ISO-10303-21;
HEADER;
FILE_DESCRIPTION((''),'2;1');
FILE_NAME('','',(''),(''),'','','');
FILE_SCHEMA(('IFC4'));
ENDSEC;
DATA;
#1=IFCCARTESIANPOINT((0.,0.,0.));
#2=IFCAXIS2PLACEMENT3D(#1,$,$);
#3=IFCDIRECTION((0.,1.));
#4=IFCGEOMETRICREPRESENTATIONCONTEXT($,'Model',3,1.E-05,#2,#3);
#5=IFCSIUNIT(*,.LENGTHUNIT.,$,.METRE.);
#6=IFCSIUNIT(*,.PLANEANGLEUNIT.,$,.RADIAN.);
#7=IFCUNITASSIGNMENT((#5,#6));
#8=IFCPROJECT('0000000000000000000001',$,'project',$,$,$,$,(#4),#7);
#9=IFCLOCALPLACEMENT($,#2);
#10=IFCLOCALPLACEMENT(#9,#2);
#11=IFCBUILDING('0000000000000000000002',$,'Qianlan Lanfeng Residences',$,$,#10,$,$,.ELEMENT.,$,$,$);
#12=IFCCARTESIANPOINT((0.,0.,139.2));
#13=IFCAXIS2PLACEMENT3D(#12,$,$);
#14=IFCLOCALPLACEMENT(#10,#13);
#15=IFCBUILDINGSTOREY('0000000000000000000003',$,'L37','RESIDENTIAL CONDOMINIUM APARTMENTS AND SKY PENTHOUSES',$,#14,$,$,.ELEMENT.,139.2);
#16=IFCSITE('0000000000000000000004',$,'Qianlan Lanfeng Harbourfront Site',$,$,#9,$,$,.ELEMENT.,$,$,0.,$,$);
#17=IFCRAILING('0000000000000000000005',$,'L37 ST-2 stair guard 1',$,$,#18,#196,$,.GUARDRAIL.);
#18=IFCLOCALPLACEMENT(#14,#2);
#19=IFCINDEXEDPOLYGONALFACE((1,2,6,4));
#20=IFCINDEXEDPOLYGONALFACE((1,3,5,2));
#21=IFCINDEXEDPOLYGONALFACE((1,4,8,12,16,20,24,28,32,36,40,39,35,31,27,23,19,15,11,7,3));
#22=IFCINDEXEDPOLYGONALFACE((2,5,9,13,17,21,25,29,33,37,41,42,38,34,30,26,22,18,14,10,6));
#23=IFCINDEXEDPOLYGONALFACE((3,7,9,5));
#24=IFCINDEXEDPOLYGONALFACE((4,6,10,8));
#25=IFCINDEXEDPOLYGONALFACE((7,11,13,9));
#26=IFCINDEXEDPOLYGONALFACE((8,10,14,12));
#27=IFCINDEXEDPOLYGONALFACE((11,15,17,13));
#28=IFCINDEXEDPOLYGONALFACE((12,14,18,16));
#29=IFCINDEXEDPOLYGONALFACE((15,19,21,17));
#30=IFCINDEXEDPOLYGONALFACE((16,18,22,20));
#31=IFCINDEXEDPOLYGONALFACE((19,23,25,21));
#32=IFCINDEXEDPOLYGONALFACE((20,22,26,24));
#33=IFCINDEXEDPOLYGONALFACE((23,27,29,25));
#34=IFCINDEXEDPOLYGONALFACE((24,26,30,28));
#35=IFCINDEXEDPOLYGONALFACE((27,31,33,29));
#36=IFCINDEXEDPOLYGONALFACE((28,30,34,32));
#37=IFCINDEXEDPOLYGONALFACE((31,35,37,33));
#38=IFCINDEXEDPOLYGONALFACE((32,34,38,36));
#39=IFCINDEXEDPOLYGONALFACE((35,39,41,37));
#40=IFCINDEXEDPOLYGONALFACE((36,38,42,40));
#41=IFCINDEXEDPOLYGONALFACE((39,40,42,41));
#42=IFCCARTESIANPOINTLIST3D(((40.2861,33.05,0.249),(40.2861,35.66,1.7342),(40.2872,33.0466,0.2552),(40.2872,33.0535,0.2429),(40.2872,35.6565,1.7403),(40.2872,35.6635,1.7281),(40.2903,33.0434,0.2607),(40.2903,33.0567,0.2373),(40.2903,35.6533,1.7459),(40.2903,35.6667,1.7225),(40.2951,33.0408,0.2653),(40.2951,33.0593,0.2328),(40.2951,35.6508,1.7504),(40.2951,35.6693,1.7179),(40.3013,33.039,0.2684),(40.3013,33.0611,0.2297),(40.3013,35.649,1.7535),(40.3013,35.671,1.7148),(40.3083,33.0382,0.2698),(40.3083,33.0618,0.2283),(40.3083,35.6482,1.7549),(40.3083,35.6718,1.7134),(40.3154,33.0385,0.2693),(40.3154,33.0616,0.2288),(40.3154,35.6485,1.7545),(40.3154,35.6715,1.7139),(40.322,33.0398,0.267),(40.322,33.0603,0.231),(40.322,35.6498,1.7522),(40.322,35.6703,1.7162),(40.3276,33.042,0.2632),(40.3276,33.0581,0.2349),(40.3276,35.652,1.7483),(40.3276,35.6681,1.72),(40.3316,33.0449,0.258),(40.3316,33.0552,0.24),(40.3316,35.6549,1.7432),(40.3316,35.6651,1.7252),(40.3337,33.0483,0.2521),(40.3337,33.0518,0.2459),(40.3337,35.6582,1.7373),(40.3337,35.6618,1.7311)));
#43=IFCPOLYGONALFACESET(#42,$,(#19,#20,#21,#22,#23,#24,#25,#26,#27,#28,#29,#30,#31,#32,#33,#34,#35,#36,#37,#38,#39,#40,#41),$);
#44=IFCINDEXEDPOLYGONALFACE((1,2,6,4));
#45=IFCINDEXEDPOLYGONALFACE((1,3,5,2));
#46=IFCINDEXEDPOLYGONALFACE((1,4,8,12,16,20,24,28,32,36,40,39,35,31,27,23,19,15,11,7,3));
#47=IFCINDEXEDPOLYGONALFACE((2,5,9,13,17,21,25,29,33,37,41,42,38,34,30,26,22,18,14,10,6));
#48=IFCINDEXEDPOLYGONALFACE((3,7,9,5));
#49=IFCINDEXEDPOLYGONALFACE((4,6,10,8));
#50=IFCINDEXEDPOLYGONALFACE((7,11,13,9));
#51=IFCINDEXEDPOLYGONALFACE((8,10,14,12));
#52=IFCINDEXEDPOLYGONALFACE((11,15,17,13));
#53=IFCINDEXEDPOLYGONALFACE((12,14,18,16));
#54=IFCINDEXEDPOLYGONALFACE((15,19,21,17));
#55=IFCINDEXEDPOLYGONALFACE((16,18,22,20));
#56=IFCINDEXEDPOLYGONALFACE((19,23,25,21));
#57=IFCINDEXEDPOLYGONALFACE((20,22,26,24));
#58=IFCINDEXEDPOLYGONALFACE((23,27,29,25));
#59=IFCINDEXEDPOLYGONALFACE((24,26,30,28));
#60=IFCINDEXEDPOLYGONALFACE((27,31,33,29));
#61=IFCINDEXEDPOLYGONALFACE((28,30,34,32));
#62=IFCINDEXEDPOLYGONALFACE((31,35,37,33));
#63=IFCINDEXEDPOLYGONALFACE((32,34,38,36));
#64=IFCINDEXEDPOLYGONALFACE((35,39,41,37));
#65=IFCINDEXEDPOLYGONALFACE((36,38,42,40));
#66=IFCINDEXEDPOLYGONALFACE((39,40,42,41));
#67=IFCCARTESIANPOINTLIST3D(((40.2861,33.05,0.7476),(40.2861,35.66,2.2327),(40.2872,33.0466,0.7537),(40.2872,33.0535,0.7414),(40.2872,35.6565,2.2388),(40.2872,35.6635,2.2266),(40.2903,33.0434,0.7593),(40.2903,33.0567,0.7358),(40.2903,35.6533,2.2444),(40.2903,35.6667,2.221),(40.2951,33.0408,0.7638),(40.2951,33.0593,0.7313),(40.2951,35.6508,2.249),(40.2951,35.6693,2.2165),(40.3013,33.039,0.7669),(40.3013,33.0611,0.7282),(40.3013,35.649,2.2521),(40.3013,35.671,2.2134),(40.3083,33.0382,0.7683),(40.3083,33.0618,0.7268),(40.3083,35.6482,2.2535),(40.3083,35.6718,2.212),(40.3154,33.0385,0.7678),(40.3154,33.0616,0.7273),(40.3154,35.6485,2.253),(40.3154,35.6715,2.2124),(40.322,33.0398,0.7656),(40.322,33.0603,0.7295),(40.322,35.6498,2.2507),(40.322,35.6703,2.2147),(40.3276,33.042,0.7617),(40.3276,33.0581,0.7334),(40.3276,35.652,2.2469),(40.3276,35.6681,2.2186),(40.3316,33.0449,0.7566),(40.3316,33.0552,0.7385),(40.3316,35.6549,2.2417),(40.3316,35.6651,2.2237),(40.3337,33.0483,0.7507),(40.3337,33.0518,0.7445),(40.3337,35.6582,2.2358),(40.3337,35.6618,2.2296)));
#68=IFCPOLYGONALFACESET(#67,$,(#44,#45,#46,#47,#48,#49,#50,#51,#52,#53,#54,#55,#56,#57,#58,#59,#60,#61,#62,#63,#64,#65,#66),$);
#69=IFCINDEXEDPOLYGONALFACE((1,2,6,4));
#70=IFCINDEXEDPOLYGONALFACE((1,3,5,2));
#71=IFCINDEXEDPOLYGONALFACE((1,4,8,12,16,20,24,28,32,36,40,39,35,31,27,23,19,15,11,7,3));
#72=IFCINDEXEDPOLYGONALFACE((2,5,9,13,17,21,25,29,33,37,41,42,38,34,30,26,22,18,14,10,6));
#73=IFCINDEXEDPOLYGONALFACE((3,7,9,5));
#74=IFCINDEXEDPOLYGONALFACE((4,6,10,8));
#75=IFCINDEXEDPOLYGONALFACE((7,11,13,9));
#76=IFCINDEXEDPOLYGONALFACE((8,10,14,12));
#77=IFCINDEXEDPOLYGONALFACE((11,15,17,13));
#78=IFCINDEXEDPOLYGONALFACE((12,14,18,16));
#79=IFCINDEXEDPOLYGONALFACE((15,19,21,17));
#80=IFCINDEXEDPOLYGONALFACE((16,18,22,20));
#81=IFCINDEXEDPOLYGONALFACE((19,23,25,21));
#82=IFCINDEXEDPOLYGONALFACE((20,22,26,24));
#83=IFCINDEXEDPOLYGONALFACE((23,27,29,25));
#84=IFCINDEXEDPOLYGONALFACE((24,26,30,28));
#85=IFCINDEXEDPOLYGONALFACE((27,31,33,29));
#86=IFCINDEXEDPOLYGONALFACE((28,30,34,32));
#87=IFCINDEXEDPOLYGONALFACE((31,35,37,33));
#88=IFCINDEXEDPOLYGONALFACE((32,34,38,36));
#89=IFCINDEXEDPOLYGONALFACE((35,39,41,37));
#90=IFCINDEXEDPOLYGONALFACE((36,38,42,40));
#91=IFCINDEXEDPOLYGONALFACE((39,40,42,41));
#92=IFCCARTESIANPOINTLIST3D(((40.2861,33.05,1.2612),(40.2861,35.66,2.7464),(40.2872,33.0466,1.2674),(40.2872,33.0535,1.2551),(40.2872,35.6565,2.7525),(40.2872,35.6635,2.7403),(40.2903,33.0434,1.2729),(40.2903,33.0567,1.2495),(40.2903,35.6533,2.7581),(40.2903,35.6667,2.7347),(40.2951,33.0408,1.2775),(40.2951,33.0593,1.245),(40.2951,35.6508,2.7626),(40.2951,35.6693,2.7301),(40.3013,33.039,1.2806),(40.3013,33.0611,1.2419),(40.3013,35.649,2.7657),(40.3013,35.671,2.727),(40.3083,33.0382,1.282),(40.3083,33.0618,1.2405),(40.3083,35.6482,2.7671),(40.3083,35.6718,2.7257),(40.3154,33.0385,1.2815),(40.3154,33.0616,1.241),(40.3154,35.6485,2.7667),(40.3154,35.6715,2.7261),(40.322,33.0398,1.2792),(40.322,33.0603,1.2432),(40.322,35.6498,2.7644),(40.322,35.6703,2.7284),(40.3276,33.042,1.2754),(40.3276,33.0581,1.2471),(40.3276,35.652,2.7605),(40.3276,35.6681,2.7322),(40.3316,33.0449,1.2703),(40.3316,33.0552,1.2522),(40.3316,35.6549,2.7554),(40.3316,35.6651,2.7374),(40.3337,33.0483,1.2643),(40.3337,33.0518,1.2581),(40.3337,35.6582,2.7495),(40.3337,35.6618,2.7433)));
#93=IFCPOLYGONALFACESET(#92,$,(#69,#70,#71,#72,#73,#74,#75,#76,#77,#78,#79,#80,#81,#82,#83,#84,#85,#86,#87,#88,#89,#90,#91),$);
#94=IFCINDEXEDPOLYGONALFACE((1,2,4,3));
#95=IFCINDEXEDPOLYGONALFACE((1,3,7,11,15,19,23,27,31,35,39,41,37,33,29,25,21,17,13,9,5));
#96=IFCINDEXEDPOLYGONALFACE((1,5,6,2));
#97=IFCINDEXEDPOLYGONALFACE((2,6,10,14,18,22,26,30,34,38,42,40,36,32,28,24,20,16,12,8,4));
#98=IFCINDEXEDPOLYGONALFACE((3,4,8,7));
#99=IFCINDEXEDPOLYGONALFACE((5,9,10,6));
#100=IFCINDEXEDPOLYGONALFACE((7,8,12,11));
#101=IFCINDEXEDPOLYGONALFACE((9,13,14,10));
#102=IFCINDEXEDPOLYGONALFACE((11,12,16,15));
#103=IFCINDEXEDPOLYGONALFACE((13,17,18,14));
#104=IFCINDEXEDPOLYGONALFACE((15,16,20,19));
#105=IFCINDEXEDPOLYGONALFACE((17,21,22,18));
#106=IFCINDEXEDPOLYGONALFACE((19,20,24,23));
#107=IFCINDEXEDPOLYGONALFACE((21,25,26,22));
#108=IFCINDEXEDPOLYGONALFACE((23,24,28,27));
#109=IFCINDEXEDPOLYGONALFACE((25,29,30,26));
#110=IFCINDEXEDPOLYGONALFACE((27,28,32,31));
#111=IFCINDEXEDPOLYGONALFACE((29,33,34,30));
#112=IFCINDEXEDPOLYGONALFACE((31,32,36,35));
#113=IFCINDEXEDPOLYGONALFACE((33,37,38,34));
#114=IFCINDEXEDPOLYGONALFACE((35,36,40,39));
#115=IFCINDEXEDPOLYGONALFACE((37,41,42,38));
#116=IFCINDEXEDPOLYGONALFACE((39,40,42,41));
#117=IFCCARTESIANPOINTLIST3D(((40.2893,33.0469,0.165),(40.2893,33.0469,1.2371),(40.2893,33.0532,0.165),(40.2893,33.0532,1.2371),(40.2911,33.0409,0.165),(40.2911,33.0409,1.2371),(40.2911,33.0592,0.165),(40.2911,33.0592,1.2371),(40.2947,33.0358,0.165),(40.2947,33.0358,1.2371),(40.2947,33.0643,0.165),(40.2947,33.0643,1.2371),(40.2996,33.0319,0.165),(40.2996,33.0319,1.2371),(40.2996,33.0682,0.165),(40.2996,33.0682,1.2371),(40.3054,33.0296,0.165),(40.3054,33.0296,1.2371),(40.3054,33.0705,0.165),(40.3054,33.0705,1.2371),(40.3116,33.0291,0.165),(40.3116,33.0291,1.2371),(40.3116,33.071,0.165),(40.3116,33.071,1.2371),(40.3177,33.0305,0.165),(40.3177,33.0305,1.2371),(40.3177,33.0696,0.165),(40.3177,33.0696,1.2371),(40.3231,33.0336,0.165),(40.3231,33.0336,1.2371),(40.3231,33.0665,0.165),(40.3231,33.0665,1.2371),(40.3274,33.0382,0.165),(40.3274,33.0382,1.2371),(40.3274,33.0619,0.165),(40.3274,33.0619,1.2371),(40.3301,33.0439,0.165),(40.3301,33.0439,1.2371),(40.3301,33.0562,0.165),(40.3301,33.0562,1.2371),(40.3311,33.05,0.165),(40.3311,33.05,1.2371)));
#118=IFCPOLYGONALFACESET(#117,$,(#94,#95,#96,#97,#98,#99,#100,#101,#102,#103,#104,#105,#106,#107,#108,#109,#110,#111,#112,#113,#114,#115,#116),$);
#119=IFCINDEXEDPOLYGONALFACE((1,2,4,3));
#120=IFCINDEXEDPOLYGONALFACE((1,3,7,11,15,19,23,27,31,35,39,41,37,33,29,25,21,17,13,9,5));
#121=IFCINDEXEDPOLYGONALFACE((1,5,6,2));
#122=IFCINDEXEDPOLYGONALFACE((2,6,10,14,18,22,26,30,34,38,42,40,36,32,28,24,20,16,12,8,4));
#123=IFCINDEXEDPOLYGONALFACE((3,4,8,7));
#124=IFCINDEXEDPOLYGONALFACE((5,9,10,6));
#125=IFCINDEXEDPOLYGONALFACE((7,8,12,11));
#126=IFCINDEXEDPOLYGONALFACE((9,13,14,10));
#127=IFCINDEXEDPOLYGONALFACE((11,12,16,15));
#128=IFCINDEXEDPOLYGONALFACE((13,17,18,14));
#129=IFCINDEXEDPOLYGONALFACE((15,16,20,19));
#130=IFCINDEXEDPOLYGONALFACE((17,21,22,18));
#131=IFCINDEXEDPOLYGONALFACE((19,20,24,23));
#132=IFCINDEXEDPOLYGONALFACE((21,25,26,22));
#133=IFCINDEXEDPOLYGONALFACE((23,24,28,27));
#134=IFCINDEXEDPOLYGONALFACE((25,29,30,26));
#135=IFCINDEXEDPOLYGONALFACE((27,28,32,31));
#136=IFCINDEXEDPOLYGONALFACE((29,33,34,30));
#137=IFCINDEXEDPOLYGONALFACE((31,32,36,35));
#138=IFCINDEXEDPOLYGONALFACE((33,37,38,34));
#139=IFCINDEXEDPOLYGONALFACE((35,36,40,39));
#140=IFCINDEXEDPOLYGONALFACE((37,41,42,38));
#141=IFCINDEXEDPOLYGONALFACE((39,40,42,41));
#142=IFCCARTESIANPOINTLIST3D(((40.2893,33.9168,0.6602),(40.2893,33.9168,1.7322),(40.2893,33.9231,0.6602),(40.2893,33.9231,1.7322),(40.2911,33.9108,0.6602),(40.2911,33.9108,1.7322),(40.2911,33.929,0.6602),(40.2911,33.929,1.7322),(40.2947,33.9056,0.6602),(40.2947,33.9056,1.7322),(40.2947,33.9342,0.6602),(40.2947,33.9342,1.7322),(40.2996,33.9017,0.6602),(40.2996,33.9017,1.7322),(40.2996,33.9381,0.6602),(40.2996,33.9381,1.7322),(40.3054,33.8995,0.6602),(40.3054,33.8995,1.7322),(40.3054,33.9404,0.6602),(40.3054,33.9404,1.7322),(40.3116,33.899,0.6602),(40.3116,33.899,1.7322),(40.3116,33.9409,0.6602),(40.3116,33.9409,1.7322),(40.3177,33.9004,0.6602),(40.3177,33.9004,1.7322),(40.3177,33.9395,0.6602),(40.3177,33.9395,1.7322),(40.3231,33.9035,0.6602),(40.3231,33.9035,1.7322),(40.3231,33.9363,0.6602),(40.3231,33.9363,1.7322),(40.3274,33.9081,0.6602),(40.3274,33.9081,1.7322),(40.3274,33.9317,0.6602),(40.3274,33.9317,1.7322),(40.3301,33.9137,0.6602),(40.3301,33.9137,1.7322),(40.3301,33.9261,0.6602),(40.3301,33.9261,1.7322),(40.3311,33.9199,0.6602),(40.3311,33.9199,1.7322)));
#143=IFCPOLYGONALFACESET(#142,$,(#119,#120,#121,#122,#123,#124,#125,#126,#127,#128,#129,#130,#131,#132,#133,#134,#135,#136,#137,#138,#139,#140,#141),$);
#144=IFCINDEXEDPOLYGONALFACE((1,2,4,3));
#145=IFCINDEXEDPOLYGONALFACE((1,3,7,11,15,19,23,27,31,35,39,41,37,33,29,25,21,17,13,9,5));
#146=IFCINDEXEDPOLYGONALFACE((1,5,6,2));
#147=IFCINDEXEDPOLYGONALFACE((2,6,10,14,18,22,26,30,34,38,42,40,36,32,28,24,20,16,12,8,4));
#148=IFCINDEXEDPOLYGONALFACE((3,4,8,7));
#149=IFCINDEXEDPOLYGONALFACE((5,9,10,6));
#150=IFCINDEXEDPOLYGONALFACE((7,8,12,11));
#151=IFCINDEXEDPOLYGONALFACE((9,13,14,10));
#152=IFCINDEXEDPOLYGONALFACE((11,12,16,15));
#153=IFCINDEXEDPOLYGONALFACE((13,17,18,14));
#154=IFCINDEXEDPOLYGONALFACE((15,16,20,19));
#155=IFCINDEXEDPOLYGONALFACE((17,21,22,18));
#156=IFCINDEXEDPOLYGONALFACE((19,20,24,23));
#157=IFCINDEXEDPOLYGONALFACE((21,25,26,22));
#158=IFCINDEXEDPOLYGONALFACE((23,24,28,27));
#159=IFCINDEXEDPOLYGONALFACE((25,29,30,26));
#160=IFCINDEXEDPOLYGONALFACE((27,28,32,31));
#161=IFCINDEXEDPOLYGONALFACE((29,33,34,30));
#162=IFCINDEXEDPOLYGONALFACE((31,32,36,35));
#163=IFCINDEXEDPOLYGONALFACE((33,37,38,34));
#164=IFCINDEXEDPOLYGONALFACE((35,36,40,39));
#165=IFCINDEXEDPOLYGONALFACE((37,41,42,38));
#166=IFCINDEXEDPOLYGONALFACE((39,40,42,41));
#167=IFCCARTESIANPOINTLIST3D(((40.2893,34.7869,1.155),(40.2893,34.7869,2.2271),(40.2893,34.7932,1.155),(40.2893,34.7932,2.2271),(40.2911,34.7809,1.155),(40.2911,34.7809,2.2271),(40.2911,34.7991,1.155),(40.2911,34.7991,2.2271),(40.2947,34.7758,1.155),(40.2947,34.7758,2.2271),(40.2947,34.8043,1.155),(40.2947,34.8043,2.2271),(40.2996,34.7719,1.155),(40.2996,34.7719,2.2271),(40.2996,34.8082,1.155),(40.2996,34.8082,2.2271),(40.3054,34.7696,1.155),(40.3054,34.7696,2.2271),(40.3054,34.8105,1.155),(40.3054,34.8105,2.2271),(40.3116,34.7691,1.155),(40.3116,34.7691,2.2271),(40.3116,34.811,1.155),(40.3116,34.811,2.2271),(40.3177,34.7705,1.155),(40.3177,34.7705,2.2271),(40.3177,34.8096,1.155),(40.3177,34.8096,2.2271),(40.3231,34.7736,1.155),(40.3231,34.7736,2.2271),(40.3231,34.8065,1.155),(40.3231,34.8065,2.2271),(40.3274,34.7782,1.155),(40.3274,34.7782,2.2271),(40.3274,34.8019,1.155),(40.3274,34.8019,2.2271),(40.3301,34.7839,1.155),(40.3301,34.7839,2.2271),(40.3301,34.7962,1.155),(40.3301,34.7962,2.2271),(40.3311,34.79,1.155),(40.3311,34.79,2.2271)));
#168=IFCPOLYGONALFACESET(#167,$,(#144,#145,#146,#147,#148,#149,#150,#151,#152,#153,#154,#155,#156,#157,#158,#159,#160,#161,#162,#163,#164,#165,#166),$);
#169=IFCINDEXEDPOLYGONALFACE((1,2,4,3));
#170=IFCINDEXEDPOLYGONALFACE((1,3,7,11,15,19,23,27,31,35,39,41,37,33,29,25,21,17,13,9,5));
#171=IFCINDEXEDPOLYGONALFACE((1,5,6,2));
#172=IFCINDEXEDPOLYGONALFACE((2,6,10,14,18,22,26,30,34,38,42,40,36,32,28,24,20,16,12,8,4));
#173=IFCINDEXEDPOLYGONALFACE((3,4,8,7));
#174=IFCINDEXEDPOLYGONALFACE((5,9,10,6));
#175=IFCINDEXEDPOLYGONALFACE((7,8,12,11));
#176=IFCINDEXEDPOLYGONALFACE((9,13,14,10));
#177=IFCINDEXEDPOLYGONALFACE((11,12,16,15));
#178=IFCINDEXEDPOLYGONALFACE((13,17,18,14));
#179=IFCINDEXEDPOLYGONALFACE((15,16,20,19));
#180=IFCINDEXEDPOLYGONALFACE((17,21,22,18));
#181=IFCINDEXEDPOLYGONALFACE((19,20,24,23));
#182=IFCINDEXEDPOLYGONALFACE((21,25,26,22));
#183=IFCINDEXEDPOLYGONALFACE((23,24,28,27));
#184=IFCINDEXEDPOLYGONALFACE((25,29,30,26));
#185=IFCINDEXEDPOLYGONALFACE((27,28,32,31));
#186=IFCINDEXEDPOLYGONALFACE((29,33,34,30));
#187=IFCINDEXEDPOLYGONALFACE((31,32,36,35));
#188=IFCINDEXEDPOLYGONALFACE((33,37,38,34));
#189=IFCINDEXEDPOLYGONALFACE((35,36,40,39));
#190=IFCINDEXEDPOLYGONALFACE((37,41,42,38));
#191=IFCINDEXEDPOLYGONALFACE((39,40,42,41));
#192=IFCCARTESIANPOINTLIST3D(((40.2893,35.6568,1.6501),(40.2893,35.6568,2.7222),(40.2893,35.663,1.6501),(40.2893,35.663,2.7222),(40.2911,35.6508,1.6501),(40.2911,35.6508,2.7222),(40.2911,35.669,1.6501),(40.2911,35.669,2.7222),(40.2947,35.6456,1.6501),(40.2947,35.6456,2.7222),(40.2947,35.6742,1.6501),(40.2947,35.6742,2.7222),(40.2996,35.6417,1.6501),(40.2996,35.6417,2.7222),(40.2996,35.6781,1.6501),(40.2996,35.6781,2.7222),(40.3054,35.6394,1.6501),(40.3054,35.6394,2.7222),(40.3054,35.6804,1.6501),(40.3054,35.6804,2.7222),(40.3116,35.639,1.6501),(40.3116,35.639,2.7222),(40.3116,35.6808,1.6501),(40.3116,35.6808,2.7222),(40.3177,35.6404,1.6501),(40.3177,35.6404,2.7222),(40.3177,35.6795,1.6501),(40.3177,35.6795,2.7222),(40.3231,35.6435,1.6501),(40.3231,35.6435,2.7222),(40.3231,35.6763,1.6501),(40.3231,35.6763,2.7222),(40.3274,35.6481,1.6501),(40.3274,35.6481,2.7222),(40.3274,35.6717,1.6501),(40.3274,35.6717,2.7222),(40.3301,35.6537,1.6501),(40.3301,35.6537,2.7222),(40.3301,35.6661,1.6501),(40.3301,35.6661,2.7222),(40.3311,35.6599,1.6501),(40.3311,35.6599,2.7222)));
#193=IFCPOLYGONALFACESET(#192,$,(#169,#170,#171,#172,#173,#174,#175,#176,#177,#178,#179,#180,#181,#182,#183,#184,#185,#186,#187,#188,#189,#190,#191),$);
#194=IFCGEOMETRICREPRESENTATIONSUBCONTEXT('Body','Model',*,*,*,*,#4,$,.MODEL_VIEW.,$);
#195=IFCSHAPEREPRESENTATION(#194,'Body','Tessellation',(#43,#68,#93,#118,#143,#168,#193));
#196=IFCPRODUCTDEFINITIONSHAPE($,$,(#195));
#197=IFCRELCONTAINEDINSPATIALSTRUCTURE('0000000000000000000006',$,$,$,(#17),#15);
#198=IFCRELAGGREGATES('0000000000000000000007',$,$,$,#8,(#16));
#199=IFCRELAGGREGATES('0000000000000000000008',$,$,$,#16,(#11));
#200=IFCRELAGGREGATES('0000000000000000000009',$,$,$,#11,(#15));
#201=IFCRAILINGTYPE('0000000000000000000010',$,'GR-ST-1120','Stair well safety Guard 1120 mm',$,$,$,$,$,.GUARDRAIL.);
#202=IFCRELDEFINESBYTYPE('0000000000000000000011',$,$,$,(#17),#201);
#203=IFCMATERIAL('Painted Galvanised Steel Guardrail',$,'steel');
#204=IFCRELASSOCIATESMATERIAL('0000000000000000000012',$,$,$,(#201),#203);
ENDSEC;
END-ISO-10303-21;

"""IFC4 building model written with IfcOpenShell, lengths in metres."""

from ifc_helpers import new_model, si_unit, direction, frame, origin, origin_2d, place, context, subcontext, project, spatial, circle, extrude, material, type_object, element, save


model = new_model("IFC4")

# Units and contexts
model_context = context("Model", 3, precision=1e-05, world=origin(), true_north=direction((0.0, 1.0)))
body_context = subcontext(model_context, "Body", "Model", "MODEL_VIEW")
ifc_project = project(units=[si_unit("LENGTHUNIT", "METRE"), si_unit("PLANEANGLEUNIT", "RADIAN")], contexts=[model_context])

# Site, building, storey
site_placement = place(None, origin())
site = spatial("IfcSite", under=ifc_project, at=site_placement, Name="Qianlan Lanfeng Harbourfront Site", CompositionType="ELEMENT", RefElevation=0.0)
building_placement = place(site_placement, origin())
building = spatial("IfcBuilding", under=site, at=building_placement, Name="Qianlan Lanfeng Residences", CompositionType="ELEMENT")
storey_placement = place(building_placement, frame((0.0, 0.0, 139.2)))
storey = spatial("IfcBuildingStorey", under=building, at=storey_placement, Name="L37", Description="RESIDENTIAL CONDOMINIUM APARTMENTS AND SKY PENTHOUSES", CompositionType="ELEMENT", Elevation=139.2)

# Railing
ifc_material_1 = material(Name="Painted Galvanised Steel Guardrail", Category="steel")
railing_type_1 = type_object("IfcRailingType", Name="GR-ST-1120", Description="Stair well safety Guard 1120 mm", PredefinedType="GUARDRAIL", material=ifc_material_1)
railing_1_placement = place(storey_placement, frame((40.3101, 33.05, 0.165)))
element("IfcRailing", 1, at=railing_1_placement, inside=storey, type_object=railing_type_1, Name="L37 ST-2 stair guard 1", PredefinedType="GUARDRAIL", context=body_context, shape_type="SweptSolid", body=[
    extrude(circle(Radius=0.0239, at=origin_2d()), frame((0.0, 0.0, 0.084), z_axis=(0.0, 0.869137, 0.494571), x_axis=(-1.0, 0.0, 0.0)), (0.0, 0.0, 1.0), 3.0029),
    extrude(circle(Radius=0.0239, at=origin_2d()), frame((0.0, 0.0, 0.5825), z_axis=(0.0, 0.869137, 0.494571), x_axis=(-1.0, 0.0, 0.0)), (0.0, 0.0, 1.0), 3.0029),
    extrude(circle(Radius=0.0239, at=origin_2d()), frame((0.0, 0.0, 1.0962), z_axis=(0.0, 0.869137, 0.494571), x_axis=(-1.0, 0.0, 0.0)), (0.0, 0.0, 1.0), 3.0029),
    extrude(circle(Radius=0.021, at=origin_2d()), origin(), (0.0, 0.0, 1.0), 1.072),
    extrude(circle(Radius=0.021, at=origin_2d()), frame((0.0, 0.8699, 0.4951)), (0.0, 0.0, 1.0), 1.072),
    extrude(circle(Radius=0.021, at=origin_2d()), frame((0.0, 1.74, 0.99)), (0.0, 0.0, 1.0), 1.072),
    extrude(circle(Radius=0.021, at=origin_2d()), frame((0.0, 2.6099, 1.4851)), (0.0, 0.0, 1.0), 1.072),
])

save(model, "model.ifc")
